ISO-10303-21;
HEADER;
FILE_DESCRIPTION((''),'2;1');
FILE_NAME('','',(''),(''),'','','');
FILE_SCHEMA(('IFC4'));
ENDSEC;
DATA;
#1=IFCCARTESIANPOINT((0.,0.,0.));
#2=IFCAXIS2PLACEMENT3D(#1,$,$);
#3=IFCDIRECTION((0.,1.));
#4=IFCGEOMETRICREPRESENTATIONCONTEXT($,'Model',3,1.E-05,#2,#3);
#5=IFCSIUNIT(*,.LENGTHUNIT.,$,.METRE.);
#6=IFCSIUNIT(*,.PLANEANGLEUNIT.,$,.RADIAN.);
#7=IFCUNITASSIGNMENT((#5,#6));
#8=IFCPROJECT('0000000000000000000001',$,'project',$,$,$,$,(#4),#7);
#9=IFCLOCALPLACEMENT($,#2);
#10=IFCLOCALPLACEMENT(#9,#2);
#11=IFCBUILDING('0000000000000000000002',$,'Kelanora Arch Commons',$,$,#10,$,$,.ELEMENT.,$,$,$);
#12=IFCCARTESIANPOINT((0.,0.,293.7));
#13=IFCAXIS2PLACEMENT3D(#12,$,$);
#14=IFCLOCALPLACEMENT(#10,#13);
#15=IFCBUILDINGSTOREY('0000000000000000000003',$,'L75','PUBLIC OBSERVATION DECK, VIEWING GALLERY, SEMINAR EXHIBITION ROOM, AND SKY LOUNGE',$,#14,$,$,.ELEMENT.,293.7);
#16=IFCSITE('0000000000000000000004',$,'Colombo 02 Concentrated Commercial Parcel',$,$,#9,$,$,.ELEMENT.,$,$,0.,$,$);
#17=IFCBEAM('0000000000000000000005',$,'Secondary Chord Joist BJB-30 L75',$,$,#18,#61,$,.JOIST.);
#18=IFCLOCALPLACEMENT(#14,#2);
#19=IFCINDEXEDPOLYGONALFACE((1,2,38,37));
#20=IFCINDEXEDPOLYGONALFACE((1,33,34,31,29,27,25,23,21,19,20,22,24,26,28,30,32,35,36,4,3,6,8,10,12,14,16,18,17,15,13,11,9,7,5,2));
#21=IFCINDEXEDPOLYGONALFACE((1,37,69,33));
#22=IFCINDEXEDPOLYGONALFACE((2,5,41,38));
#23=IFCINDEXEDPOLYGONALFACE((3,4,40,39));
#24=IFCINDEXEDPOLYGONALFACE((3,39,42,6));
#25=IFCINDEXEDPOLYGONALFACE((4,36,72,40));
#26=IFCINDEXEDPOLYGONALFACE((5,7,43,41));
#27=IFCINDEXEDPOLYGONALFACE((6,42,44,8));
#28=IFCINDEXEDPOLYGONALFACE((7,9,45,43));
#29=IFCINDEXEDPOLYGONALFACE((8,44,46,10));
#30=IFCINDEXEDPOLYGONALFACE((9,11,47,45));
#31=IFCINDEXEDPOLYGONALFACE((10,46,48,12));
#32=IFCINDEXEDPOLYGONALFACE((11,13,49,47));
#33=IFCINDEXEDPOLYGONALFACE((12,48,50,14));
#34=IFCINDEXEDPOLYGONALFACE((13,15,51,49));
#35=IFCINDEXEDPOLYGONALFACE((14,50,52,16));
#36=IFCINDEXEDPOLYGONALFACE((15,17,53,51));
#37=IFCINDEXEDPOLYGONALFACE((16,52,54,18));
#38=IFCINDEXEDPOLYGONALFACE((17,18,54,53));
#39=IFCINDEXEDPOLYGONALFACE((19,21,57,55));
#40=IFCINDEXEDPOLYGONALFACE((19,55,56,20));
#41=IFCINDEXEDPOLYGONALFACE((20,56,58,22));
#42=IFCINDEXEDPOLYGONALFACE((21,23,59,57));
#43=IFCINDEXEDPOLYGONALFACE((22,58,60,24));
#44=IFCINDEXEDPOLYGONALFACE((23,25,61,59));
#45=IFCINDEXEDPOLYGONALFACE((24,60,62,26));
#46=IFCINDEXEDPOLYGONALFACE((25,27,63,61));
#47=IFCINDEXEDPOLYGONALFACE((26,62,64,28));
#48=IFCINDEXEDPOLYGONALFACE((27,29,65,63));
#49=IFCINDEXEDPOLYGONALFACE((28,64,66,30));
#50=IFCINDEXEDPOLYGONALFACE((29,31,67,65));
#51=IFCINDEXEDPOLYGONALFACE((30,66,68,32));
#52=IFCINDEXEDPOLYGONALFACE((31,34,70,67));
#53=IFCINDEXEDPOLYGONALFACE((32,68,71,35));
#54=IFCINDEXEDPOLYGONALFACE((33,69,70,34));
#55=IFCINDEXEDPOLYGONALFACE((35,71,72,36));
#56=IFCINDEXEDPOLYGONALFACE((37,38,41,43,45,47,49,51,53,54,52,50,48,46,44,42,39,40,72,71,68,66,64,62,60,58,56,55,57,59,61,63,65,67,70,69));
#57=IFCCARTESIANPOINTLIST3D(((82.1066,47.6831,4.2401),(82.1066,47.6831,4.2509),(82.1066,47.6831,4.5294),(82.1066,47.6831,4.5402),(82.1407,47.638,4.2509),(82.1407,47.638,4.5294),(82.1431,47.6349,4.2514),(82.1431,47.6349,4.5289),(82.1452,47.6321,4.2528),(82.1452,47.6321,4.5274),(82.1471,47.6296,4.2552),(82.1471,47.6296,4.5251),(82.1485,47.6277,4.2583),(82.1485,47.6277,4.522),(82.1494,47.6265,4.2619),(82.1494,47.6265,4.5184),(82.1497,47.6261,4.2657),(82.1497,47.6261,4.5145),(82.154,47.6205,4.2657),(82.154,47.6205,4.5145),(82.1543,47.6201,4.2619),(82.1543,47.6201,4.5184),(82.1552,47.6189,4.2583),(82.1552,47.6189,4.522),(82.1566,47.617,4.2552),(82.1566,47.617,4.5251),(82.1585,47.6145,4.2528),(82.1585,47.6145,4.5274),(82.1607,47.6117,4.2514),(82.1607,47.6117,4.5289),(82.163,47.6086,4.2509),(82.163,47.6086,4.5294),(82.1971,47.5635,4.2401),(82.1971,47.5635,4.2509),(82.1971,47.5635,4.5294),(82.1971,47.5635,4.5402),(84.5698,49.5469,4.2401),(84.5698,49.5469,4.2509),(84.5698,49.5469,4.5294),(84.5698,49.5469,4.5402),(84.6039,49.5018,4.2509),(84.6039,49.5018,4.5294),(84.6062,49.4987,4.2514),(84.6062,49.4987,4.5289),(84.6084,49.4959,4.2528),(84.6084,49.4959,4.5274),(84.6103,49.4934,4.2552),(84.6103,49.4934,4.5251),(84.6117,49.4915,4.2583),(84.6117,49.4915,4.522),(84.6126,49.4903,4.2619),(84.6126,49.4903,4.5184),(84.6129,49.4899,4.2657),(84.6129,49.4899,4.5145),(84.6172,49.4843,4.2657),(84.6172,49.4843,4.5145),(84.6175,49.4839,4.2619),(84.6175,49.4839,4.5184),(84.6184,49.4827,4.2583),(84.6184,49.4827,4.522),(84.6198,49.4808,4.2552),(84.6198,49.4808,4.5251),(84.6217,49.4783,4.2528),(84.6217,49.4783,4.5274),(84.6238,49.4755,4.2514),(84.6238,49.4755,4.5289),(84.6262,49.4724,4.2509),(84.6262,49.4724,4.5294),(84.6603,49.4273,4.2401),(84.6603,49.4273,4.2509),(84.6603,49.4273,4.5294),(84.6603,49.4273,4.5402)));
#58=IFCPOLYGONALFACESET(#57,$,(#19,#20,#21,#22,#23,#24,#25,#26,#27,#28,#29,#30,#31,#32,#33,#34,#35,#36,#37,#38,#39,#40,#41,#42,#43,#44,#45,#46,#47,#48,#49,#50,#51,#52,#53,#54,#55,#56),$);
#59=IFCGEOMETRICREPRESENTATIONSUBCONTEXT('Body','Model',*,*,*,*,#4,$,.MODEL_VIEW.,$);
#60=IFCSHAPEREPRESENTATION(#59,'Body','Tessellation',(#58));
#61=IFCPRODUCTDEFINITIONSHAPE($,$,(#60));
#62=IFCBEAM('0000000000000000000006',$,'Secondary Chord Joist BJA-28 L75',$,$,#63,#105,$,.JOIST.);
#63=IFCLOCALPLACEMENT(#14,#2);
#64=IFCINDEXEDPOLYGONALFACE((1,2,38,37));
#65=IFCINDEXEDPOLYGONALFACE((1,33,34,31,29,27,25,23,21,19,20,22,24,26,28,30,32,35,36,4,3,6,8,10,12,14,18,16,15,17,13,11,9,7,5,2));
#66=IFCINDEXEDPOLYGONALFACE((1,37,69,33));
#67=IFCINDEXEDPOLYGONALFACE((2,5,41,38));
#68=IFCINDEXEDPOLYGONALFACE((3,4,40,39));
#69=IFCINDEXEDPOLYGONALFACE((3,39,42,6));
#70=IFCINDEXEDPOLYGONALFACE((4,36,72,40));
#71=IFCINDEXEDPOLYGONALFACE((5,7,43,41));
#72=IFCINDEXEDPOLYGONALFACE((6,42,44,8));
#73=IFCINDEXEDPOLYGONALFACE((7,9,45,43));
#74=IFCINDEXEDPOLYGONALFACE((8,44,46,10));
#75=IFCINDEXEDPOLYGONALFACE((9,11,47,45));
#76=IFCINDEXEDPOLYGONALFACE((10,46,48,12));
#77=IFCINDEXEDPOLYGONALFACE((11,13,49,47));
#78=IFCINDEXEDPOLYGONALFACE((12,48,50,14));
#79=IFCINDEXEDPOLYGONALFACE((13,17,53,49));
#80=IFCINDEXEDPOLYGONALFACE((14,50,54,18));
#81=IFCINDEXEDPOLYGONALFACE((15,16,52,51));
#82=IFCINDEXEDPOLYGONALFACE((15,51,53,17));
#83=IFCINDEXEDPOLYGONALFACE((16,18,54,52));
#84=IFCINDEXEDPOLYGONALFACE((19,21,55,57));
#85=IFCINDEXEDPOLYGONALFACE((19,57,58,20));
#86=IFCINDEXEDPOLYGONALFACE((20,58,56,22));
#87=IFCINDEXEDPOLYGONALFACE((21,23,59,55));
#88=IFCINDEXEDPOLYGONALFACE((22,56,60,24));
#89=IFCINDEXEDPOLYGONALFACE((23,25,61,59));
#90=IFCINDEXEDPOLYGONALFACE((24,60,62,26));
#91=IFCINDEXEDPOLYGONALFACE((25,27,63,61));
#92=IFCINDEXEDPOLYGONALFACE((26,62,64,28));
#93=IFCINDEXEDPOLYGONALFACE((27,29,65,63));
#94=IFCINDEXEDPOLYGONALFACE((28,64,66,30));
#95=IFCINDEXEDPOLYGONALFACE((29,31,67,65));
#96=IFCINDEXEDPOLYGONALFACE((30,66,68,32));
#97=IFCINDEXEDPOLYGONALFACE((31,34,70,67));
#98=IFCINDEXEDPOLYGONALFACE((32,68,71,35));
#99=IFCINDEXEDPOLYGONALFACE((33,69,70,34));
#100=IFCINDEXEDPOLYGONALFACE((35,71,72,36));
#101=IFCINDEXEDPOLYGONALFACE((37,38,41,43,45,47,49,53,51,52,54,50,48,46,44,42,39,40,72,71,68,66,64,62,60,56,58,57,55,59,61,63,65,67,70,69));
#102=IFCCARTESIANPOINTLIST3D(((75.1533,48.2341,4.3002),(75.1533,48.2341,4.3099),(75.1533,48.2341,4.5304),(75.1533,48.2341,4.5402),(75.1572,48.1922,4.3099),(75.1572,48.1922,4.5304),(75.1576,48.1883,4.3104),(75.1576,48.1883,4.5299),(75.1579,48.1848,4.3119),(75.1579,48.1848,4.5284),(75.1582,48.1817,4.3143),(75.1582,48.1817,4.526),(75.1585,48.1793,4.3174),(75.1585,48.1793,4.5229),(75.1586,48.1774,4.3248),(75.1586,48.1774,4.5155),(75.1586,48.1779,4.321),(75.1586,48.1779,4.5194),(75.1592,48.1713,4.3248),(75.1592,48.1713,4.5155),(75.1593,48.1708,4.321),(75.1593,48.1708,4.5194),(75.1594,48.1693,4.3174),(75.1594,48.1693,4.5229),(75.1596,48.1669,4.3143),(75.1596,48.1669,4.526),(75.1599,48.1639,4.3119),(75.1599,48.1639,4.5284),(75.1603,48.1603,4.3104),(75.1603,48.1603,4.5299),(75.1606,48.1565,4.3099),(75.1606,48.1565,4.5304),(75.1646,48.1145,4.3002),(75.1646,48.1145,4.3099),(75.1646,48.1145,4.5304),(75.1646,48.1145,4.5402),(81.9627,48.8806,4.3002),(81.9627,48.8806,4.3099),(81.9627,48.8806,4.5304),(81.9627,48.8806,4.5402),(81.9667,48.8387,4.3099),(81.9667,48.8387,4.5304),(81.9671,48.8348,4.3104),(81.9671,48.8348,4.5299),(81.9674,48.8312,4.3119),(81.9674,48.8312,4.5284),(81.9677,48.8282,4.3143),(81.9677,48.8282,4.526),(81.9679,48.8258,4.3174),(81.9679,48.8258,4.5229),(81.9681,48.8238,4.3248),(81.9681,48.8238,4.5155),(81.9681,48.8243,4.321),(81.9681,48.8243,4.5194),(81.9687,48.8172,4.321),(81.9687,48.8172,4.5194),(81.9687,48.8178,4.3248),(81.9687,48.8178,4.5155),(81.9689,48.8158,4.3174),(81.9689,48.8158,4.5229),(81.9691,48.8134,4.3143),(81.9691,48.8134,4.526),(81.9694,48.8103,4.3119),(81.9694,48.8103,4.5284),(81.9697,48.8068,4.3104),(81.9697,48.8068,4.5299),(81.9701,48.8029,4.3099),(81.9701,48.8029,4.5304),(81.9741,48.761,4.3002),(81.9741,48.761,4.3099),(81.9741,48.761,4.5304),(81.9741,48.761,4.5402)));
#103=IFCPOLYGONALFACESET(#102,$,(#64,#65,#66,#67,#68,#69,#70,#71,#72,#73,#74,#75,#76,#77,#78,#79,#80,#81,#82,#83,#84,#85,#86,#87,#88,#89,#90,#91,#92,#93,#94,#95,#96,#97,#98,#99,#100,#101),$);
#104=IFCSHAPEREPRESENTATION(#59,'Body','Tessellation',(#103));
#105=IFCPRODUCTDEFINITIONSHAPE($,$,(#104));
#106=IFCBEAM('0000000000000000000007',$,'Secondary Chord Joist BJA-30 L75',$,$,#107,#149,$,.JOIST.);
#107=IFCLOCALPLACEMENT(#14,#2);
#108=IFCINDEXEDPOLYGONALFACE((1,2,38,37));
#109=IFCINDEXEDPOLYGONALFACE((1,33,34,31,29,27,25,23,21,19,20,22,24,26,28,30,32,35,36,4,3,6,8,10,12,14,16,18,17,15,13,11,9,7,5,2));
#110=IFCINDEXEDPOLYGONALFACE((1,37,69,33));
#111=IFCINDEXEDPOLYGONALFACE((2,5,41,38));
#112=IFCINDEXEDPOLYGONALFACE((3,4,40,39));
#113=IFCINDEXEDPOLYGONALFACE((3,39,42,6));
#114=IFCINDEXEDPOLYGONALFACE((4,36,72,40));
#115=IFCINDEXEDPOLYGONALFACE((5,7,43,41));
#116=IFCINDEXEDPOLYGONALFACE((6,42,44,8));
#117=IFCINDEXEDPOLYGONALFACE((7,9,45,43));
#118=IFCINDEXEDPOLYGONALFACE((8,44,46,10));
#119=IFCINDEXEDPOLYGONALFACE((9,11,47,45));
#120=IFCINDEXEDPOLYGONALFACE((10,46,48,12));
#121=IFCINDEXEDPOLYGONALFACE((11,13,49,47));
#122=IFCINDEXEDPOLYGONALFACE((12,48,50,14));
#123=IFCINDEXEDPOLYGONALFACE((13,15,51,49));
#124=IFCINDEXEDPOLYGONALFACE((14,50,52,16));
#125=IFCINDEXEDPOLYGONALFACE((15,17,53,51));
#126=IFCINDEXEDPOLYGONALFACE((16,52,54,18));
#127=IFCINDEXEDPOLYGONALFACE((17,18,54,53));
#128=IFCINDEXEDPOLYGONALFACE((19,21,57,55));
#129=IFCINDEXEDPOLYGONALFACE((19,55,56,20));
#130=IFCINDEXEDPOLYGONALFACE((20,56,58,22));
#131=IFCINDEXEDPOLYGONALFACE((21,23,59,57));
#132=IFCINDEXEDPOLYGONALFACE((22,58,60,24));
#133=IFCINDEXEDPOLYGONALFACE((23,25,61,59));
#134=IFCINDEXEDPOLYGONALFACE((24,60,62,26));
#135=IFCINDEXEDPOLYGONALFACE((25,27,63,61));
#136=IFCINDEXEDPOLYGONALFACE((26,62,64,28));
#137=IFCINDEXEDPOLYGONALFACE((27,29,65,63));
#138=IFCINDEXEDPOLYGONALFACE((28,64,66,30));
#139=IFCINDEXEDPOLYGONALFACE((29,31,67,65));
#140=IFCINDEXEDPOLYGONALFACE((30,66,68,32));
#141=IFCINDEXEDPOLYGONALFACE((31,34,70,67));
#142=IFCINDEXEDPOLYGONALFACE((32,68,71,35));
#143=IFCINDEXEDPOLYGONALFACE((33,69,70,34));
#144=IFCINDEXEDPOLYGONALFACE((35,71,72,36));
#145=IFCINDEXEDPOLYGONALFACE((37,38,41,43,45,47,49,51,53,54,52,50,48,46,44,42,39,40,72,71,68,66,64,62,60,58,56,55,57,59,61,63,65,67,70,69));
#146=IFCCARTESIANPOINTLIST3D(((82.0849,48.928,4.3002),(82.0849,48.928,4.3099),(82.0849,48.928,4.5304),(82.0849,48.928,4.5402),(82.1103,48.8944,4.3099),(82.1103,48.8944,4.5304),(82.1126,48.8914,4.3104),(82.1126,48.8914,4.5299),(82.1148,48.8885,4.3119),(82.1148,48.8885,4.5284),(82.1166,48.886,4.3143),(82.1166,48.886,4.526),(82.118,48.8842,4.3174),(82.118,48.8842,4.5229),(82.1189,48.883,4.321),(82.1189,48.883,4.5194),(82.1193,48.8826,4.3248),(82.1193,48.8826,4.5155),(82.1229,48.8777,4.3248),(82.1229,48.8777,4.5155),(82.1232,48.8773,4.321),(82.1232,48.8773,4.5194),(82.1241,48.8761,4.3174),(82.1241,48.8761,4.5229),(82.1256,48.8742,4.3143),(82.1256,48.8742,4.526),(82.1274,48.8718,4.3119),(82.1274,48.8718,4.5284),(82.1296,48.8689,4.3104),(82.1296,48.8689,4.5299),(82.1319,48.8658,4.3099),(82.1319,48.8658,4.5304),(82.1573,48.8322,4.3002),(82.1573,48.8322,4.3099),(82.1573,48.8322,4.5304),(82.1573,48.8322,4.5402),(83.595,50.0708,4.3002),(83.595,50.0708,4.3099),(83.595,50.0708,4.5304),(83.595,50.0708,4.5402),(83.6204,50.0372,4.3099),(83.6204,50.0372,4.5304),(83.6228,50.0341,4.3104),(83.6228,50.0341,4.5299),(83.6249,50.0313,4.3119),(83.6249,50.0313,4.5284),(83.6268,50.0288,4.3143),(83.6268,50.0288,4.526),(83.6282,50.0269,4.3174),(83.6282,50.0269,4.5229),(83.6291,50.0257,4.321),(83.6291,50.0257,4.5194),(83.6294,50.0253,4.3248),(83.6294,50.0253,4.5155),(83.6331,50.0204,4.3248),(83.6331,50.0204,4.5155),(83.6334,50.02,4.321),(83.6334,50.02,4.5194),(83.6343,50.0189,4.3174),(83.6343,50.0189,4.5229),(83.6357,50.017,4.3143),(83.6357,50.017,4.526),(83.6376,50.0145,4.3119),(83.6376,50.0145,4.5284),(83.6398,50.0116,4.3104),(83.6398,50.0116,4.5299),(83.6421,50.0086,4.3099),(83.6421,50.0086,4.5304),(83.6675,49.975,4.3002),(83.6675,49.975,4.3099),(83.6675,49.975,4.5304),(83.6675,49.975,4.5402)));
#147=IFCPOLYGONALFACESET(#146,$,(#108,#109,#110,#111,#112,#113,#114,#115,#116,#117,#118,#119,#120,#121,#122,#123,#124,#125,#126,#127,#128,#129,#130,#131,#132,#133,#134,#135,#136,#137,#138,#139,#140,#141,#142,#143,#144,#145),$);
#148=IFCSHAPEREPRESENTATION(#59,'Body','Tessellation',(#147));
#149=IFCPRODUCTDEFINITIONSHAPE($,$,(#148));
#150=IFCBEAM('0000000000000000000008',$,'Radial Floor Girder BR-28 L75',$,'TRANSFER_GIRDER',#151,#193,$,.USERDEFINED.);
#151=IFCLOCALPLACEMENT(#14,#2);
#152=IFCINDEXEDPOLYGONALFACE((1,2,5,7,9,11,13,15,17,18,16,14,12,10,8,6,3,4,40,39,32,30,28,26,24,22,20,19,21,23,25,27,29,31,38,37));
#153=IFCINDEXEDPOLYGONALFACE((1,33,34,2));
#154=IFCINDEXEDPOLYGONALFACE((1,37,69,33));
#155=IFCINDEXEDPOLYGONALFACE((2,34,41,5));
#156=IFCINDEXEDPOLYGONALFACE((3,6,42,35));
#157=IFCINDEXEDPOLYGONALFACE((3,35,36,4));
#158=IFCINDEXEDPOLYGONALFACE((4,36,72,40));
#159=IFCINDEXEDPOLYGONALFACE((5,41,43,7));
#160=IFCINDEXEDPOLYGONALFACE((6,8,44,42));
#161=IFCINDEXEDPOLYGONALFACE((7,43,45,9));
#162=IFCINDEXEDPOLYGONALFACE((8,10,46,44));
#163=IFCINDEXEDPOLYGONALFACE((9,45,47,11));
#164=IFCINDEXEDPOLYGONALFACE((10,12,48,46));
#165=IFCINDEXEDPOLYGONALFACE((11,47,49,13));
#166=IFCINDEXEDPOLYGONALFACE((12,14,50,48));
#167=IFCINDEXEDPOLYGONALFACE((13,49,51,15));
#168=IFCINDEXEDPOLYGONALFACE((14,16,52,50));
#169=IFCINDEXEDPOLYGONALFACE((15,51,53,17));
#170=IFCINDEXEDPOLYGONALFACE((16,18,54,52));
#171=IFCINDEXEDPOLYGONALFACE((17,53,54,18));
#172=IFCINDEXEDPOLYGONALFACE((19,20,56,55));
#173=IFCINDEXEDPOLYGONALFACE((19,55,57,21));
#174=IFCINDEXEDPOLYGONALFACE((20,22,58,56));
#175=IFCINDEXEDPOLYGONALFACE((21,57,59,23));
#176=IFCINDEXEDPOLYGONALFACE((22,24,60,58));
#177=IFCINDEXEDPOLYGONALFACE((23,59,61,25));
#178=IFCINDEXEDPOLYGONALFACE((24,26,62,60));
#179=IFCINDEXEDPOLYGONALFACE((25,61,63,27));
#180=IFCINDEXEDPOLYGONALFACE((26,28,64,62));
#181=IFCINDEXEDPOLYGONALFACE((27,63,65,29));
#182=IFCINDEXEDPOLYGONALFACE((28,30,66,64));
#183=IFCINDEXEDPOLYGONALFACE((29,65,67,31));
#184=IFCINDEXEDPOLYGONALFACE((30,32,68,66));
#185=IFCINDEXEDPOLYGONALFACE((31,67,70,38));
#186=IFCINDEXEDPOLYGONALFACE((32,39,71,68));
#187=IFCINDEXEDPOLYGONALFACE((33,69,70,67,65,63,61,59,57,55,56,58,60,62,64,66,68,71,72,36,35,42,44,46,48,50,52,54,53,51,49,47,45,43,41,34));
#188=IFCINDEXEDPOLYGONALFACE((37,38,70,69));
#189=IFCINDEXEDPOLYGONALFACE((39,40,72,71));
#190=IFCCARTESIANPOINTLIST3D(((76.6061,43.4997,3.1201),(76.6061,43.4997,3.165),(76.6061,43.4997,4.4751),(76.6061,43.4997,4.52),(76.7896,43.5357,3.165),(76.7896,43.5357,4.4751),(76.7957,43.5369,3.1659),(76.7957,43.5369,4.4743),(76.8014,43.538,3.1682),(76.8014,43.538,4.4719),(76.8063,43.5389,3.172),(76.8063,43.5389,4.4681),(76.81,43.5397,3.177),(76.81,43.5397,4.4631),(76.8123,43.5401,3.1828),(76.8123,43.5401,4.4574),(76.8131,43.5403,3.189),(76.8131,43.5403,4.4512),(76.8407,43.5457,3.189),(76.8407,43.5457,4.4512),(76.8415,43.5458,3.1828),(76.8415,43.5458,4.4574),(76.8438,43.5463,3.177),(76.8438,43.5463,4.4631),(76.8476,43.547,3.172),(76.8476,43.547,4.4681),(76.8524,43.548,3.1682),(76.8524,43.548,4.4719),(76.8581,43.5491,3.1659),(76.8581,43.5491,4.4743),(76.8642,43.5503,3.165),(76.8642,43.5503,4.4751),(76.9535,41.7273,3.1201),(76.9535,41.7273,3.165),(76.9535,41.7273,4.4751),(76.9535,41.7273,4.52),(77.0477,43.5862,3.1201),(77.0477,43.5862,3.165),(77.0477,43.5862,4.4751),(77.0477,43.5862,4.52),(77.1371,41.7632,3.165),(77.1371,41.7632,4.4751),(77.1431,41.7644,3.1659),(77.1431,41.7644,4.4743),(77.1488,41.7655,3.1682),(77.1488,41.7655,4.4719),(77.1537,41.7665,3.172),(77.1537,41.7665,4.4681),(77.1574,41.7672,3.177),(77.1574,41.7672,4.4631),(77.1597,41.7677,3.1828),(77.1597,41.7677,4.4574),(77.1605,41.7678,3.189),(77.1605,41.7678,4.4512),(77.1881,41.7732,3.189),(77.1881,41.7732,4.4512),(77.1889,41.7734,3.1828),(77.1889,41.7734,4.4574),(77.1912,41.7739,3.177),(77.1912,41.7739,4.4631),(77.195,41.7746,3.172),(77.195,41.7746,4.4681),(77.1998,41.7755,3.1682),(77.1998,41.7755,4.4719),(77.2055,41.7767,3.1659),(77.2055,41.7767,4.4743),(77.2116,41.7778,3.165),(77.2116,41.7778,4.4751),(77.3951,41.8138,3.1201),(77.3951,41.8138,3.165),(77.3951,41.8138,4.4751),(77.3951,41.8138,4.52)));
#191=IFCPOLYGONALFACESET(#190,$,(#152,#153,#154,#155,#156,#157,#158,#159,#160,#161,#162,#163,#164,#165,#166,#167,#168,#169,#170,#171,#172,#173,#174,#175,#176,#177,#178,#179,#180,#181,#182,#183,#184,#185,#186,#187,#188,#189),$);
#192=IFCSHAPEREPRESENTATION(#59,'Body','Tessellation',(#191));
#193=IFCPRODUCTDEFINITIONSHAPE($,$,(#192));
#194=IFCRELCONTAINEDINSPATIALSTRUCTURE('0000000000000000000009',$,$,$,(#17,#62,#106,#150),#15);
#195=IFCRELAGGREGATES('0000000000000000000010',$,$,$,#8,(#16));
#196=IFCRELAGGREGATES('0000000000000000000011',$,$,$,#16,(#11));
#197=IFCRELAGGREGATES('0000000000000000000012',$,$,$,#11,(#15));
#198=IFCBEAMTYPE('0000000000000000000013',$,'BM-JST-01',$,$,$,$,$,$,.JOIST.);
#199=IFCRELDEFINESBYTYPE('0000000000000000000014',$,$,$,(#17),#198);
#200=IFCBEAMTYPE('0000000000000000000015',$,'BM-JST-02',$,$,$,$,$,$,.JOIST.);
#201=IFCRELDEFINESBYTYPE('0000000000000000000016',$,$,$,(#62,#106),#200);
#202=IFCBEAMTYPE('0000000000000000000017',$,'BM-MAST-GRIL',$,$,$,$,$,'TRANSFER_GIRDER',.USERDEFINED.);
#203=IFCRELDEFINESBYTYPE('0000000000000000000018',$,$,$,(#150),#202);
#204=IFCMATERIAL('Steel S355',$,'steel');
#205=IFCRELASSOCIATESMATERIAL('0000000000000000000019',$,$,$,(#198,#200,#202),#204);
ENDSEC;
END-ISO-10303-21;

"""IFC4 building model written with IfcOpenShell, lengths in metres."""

from ifc_helpers import new_model, si_unit, direction, frame, origin, origin_2d, place, context, subcontext, project, spatial, i_section, extrude, material, material_profile, profile_set, type_object, element, save


model = new_model("IFC4")

# Units and contexts
model_context = context("Model", 3, precision=1e-05, world=origin(), true_north=direction((0.0, 1.0)))
body_context = subcontext(model_context, "Body", "Model", "MODEL_VIEW")
ifc_project = project(units=[si_unit("LENGTHUNIT", "METRE"), si_unit("PLANEANGLEUNIT", "RADIAN")], contexts=[model_context])

# Site, building, storey
site_placement = place(None, origin())
site = spatial("IfcSite", under=ifc_project, at=site_placement, Name="Colombo 02 Concentrated Commercial Parcel", CompositionType="ELEMENT", RefElevation=0.0)
building_placement = place(site_placement, origin())
building = spatial("IfcBuilding", under=site, at=building_placement, Name="Kelanora Arch Commons", CompositionType="ELEMENT")
storey_placement = place(building_placement, frame((0.0, 0.0, 293.7)))
storey = spatial("IfcBuildingStorey", under=building, at=storey_placement, Name="L75", Description="PUBLIC OBSERVATION DECK, VIEWING GALLERY, SEMINAR EXHIBITION ROOM, AND SKY LOUNGE", CompositionType="ELEMENT", Elevation=293.7)

# Beams
ifc_material_1 = material(Name="Steel S355", Category="steel")
ifc_material_profile_1 = material_profile(ifc_material_1, i_section(OverallWidth=0.1499, OverallDepth=0.3, WebThickness=0.0071, FlangeThickness=0.0107, FilletRadius=0.0149, at=origin_2d()), Name="IPE300")
ifc_profile_set_1 = profile_set([ifc_material_profile_1], Name="Steel S355")
beam_type_1 = type_object("IfcBeamType", Name="BM-JST-01", PredefinedType="JOIST", material=ifc_profile_set_1)
beam_1_placement = place(storey_placement, frame((82.1519, 47.6233, 4.3901), z_axis=(0.797441, 0.603396, 0.0), x_axis=(-0.603396, 0.797441, 0.0)))
element("IfcBeam", 1, at=beam_1_placement, inside=storey, type_object=beam_type_1, Name="Secondary Chord Joist BJB-30 L75", PredefinedType="JOIST", context=body_context, shape_type="SweptSolid", body=[
    extrude(i_section(OverallWidth=0.1499, OverallDepth=0.3, WebThickness=0.0071, FlangeThickness=0.0107, FilletRadius=0.0149, at=origin_2d()), origin(), (0.0, 0.0, 1.0), 3.0889),
])
ifc_material_profile_2 = material_profile(ifc_material_1, i_section(OverallWidth=0.1201, OverallDepth=0.24, WebThickness=0.0061, FlangeThickness=0.0098, FilletRadius=0.0149, at=origin_2d()), Name="IPE240")
ifc_profile_set_2 = profile_set([ifc_material_profile_2], Name="Steel S355")
beam_type_2 = type_object("IfcBeamType", Name="BM-JST-02", PredefinedType="JOIST", material=ifc_profile_set_2)
beam_2_placement = place(storey_placement, frame((75.1589, 48.1743, 4.4202), z_axis=(0.995524, 0.094513, 0.0), x_axis=(-0.094513, 0.995524, 0.0)))
element("IfcBeam", 2, at=beam_2_placement, inside=storey, type_object=beam_type_2, Name="Secondary Chord Joist BJA-28 L75", PredefinedType="JOIST", context=body_context, shape_type="SweptSolid", body=[
    extrude(i_section(OverallWidth=0.1201, OverallDepth=0.24, WebThickness=0.0061, FlangeThickness=0.0098, FilletRadius=0.0149, at=origin_2d()), origin(), (0.0, 0.0, 1.0), 6.8401),
])
beam_3_placement = place(storey_placement, frame((82.1211, 48.8801, 4.4202), z_axis=(0.797425, 0.603418, 0.0), x_axis=(-0.603418, 0.797425, 0.0)))
element("IfcBeam", 3, at=beam_3_placement, inside=storey, type_object=beam_type_2, Name="Secondary Chord Joist BJA-30 L75", PredefinedType="JOIST", context=body_context, shape_type="SweptSolid", body=[
    extrude(i_section(OverallWidth=0.1201, OverallDepth=0.24, WebThickness=0.0061, FlangeThickness=0.0098, FilletRadius=0.0149, at=origin_2d()), origin(), (0.0, 0.0, 1.0), 1.8938),
])
ifc_material_profile_3 = material_profile(ifc_material_1, i_section(OverallWidth=0.45, OverallDepth=1.3999, WebThickness=0.0281, FlangeThickness=0.0449, FilletRadius=0.0239, at=origin_2d()), Name="PG1400x450")
ifc_profile_set_3 = profile_set([ifc_material_profile_3], Name="Steel S355")
beam_type_3 = type_object("IfcBeamType", Name="BM-MAST-GRIL", ElementType="TRANSFER_GIRDER", PredefinedType="USERDEFINED", material=ifc_profile_set_3)
beam_4_placement = place(storey_placement, frame((76.8269, 43.543, 3.8201), z_axis=(0.192346, -0.981327, 0.0), x_axis=(0.981327, 0.192346, 0.0)))
element("IfcBeam", 4, at=beam_4_placement, inside=storey, type_object=beam_type_3, Name="Radial Floor Girder BR-28 L75", ObjectType="TRANSFER_GIRDER", PredefinedType="USERDEFINED", context=body_context, shape_type="SweptSolid", body=[
    extrude(i_section(OverallWidth=0.45, OverallDepth=1.3999, WebThickness=0.0281, FlangeThickness=0.0449, FilletRadius=0.0239, at=origin_2d()), origin(), (0.0, 0.0, 1.0), 1.8062),
])

save(model, "model.ifc")
